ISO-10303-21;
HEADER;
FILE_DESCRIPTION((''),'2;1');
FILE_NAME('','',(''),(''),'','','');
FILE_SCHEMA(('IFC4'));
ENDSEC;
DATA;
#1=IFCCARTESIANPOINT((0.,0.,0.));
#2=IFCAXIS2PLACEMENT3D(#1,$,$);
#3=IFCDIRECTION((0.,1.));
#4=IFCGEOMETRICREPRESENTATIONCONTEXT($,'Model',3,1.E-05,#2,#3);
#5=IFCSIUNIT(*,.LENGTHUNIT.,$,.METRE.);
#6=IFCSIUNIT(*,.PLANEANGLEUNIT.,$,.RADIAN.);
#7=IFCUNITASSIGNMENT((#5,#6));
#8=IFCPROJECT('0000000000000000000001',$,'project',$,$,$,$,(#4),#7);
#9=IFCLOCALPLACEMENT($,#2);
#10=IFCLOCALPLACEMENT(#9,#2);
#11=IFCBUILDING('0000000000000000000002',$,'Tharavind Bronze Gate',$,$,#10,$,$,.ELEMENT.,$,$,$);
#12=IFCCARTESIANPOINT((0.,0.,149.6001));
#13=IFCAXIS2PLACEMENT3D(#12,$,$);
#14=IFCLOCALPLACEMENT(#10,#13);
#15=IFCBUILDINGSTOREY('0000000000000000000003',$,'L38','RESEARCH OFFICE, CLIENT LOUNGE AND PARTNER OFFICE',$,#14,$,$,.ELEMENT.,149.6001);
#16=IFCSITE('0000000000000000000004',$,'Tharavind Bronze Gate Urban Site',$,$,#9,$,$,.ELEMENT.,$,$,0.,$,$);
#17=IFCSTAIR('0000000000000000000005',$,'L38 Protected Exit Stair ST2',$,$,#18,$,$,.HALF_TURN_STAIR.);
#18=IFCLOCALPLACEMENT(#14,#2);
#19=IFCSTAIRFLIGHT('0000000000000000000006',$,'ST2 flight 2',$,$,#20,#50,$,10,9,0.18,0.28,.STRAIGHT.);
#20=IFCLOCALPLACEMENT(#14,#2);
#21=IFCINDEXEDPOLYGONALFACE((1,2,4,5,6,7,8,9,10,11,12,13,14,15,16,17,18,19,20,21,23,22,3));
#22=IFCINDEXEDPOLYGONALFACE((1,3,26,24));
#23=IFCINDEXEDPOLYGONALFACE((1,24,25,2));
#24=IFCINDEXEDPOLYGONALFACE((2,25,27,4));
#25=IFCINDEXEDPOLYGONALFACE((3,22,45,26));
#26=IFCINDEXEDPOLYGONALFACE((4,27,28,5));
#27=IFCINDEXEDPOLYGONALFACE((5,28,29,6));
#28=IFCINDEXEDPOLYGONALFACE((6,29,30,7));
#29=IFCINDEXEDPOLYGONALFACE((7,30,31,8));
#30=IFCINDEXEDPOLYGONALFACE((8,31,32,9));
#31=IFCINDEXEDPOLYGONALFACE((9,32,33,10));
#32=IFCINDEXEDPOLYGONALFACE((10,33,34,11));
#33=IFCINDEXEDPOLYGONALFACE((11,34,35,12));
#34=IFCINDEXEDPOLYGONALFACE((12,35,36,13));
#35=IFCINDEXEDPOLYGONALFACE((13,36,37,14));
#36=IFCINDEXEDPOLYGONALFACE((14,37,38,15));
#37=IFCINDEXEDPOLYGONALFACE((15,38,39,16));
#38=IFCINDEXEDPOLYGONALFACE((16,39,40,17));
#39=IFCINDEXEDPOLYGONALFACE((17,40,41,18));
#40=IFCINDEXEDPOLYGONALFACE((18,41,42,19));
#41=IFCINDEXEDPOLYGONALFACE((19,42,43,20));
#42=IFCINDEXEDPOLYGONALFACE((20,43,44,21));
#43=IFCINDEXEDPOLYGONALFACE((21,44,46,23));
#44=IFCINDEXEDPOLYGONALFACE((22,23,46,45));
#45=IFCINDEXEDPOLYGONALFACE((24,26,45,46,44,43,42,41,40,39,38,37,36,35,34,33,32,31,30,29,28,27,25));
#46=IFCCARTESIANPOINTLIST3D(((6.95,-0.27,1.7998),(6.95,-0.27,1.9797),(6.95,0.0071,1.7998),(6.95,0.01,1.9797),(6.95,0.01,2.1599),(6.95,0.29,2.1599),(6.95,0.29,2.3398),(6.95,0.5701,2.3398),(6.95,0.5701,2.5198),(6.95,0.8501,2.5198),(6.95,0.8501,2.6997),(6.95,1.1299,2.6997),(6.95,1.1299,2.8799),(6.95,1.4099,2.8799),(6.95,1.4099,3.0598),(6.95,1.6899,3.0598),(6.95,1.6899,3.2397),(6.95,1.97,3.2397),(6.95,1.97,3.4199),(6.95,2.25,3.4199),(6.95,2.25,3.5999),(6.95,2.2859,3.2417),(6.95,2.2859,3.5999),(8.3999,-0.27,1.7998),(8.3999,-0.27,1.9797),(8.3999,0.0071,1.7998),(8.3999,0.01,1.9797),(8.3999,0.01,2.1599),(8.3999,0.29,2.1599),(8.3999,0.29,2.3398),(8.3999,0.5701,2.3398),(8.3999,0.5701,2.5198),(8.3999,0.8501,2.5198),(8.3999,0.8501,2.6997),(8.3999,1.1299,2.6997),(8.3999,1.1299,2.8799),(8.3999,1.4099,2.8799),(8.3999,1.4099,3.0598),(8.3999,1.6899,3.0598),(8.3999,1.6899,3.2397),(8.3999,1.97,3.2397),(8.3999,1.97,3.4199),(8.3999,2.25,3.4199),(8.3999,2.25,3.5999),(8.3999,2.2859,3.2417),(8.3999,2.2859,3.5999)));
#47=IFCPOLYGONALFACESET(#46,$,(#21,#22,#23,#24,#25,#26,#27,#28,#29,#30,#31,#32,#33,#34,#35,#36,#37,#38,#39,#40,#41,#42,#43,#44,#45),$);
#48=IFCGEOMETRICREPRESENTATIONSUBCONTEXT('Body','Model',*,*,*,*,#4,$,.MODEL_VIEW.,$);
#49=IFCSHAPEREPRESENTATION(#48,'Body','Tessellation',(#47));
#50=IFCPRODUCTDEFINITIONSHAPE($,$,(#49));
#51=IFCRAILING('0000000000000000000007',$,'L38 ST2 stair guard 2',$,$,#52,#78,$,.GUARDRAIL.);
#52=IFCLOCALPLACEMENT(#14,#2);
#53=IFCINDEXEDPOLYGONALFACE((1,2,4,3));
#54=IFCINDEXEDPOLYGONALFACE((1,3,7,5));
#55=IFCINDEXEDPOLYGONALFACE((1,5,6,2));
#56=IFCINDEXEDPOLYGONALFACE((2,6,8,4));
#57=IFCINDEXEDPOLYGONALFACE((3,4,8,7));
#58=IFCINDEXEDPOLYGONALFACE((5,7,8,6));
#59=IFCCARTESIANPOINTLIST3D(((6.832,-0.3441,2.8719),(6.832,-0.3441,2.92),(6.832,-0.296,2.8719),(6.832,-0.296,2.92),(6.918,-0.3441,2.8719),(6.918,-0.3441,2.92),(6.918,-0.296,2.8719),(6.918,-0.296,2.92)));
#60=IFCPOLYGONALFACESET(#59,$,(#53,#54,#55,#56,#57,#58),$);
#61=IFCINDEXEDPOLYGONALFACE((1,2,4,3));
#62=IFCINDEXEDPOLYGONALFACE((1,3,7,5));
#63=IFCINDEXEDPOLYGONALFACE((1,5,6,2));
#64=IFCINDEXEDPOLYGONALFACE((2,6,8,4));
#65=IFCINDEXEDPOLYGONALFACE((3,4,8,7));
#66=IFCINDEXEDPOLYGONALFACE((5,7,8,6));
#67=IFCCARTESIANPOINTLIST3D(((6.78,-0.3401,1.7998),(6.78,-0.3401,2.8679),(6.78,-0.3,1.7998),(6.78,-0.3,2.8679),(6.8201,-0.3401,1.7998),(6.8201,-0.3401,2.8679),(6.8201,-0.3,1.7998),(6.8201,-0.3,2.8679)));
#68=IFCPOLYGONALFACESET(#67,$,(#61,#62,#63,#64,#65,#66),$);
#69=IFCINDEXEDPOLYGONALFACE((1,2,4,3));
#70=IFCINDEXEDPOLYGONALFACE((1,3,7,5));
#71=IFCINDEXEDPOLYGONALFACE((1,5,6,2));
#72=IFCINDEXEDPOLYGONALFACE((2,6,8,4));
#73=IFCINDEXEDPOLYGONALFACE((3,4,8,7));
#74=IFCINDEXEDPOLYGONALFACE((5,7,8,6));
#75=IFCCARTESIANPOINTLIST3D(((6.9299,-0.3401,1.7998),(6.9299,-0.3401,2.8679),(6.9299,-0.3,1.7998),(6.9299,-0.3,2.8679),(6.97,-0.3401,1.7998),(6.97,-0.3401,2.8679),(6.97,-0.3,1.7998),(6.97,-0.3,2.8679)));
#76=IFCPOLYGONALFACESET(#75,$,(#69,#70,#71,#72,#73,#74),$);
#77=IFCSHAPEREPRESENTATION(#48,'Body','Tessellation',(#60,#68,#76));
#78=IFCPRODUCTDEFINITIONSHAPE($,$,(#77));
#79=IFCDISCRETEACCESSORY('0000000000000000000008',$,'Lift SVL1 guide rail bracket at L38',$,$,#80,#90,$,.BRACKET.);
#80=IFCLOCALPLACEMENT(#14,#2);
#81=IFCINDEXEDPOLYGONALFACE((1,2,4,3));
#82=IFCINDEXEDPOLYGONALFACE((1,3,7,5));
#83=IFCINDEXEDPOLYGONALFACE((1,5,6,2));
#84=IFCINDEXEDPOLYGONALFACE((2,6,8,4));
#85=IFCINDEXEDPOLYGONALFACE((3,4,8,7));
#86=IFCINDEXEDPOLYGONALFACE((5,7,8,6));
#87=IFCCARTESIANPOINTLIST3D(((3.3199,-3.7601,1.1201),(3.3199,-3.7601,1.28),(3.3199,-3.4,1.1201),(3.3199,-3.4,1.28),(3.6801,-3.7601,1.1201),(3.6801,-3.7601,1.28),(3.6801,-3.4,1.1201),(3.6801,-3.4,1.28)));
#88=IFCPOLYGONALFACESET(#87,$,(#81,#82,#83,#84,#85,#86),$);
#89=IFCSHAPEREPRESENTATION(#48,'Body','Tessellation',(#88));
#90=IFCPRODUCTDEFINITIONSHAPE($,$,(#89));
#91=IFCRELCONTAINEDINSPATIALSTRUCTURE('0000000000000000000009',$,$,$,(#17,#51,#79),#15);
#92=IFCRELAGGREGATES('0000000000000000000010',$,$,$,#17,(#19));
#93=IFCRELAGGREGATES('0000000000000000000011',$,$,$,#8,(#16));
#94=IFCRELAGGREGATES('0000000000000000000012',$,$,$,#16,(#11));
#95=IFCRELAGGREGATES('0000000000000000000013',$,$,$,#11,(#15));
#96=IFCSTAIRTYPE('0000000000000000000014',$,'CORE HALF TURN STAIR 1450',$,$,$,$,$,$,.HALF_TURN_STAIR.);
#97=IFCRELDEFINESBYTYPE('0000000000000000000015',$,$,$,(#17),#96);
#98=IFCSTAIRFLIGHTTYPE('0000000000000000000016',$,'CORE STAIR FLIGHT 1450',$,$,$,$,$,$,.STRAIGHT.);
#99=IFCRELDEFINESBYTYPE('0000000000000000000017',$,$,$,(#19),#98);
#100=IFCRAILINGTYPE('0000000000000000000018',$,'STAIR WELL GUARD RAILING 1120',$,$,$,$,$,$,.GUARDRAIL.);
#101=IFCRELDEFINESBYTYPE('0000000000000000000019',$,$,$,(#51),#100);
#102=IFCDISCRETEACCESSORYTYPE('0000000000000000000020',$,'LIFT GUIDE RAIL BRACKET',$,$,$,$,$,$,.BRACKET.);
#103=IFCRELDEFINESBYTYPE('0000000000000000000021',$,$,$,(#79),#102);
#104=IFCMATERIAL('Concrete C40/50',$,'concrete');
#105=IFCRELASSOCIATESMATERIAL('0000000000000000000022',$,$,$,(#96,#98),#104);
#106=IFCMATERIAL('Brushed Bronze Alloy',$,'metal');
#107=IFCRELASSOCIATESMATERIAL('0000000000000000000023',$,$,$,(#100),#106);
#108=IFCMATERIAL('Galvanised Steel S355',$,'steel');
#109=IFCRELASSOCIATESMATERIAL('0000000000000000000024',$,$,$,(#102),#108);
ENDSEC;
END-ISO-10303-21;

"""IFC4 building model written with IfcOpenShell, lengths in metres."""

from ifc_helpers import new_model, si_unit, direction, frame, origin, origin_2d, place, context, subcontext, project, spatial, polyline, rectangle, outline, extrude, material, type_object, element, aggregate, save


model = new_model("IFC4")

# Units and contexts
model_context = context("Model", 3, precision=1e-05, world=origin(), true_north=direction((0.0, 1.0)))
body_context = subcontext(model_context, "Body", "Model", "MODEL_VIEW")
ifc_project = project(units=[si_unit("LENGTHUNIT", "METRE"), si_unit("PLANEANGLEUNIT", "RADIAN")], contexts=[model_context])

# Site, building, storey
site_placement = place(None, origin())
site = spatial("IfcSite", under=ifc_project, at=site_placement, Name="Tharavind Bronze Gate Urban Site", CompositionType="ELEMENT", RefElevation=0.0)
building_placement = place(site_placement, origin())
building = spatial("IfcBuilding", under=site, at=building_placement, Name="Tharavind Bronze Gate", CompositionType="ELEMENT")
storey_placement = place(building_placement, frame((0.0, 0.0, 149.6001)))
storey = spatial("IfcBuildingStorey", under=building, at=storey_placement, Name="L38", Description="RESEARCH OFFICE, CLIENT LOUNGE AND PARTNER OFFICE", CompositionType="ELEMENT", Elevation=149.6001)

# Shared definitions
ifc_material_1 = material(Name="Concrete C40/50", Category="concrete")

# Stair, stair flight
stair_type = type_object("IfcStairType", Name="CORE HALF TURN STAIR 1450", PredefinedType="HALF_TURN_STAIR", material=ifc_material_1)
stair_placement = place(storey_placement, origin())
stair = element("IfcStair", 1, at=stair_placement, inside=storey, type_object=stair_type, Name="L38 Protected Exit Stair ST2", PredefinedType="HALF_TURN_STAIR")
stair_flight_type = type_object("IfcStairFlightType", Name="CORE STAIR FLIGHT 1450", PredefinedType="STRAIGHT", material=ifc_material_1)
stair_flight_placement = place(storey_placement, frame((7.675, -0.27, 1.7998), z_axis=(0.0, 0.0, 1.0), x_axis=(0.0, 1.0, 0.0)))
stair_flight = element("IfcStairFlight", 2, at=stair_flight_placement, type_object=stair_flight_type, Name="ST2 flight 2", NumberOfRisers=10, NumberOfTreads=9, PredefinedType="STRAIGHT", RiserHeight=0.18, TreadLength=0.28, context=body_context, shape_type="SweptSolid", body=[
    extrude(outline(polyline([(0.0, 0.0), (0.0, 0.1799), (0.28, 0.1799), (0.28, 0.3601), (0.5601, 0.3601), (0.5601, 0.54), (0.8401, 0.54), (0.8401, 0.72), (1.1201, 0.72), (1.1201, 0.8999), (1.3999, 0.8999), (1.3999, 1.0801), (1.6799, 1.0801), (1.6799, 1.26), (1.96, 1.26), (1.96, 1.4399), (2.24, 1.4399), (2.24, 1.6201), (2.52, 1.6201), (2.52, 1.8), (2.5559, 1.8), (2.5559, 1.4419), (0.2771, 0.0), (0.0, 0.0)])), frame((0.0, 0.7251, 0.0), z_axis=(0.0, -1.0, 0.0), x_axis=(1.0, 0.0, 0.0)), (0.0, 0.0, 1.0), 1.45),
])
aggregate(stair, [stair_flight])

# Railing
ifc_material_2 = material(Name="Brushed Bronze Alloy", Category="metal")
railing_type = type_object("IfcRailingType", Name="STAIR WELL GUARD RAILING 1120", PredefinedType="GUARDRAIL", material=ifc_material_2)
railing_placement = place(storey_placement, frame((6.8, -0.3201, 1.7998)))
element("IfcRailing", 3, at=railing_placement, inside=storey, type_object=railing_type, Name="L38 ST2 stair guard 2", PredefinedType="GUARDRAIL", context=body_context, shape_type="SweptSolid", body=[
    extrude(rectangle(XDim=0.0481, YDim=0.0481, at=origin_2d()), frame((0.032, 0.0, 1.0962), z_axis=(1.0, 0.0, 0.0), x_axis=(0.0, 1.0, 0.0)), (0.0, 0.0, 1.0), 0.0859),
    extrude(rectangle(XDim=0.04, YDim=0.04, at=origin_2d()), origin(), (0.0, 0.0, 1.0), 1.0681),
    extrude(rectangle(XDim=0.04, YDim=0.04, at=origin_2d()), frame((0.1499, 0.0, 0.0)), (0.0, 0.0, 1.0), 1.0681),
])

# Discrete accessory
ifc_material_3 = material(Name="Galvanised Steel S355", Category="steel")
discrete_accessory_type = type_object("IfcDiscreteAccessoryType", Name="LIFT GUIDE RAIL BRACKET", PredefinedType="BRACKET", material=ifc_material_3)
discrete_accessory_placement = place(storey_placement, frame((3.5, -3.5801, 1.1201), z_axis=(0.0, 0.0, 1.0), x_axis=(1.0, 0.0, 0.0)))
element("IfcDiscreteAccessory", 4, at=discrete_accessory_placement, inside=storey, type_object=discrete_accessory_type, Name="Lift SVL1 guide rail bracket at L38", PredefinedType="BRACKET", context=body_context, shape_type="SweptSolid", body=[
    extrude(rectangle(XDim=0.3601, YDim=0.3601, at=origin_2d()), origin(), (0.0, 0.0, 1.0), 0.1599),
])

save(model, "model.ifc")
